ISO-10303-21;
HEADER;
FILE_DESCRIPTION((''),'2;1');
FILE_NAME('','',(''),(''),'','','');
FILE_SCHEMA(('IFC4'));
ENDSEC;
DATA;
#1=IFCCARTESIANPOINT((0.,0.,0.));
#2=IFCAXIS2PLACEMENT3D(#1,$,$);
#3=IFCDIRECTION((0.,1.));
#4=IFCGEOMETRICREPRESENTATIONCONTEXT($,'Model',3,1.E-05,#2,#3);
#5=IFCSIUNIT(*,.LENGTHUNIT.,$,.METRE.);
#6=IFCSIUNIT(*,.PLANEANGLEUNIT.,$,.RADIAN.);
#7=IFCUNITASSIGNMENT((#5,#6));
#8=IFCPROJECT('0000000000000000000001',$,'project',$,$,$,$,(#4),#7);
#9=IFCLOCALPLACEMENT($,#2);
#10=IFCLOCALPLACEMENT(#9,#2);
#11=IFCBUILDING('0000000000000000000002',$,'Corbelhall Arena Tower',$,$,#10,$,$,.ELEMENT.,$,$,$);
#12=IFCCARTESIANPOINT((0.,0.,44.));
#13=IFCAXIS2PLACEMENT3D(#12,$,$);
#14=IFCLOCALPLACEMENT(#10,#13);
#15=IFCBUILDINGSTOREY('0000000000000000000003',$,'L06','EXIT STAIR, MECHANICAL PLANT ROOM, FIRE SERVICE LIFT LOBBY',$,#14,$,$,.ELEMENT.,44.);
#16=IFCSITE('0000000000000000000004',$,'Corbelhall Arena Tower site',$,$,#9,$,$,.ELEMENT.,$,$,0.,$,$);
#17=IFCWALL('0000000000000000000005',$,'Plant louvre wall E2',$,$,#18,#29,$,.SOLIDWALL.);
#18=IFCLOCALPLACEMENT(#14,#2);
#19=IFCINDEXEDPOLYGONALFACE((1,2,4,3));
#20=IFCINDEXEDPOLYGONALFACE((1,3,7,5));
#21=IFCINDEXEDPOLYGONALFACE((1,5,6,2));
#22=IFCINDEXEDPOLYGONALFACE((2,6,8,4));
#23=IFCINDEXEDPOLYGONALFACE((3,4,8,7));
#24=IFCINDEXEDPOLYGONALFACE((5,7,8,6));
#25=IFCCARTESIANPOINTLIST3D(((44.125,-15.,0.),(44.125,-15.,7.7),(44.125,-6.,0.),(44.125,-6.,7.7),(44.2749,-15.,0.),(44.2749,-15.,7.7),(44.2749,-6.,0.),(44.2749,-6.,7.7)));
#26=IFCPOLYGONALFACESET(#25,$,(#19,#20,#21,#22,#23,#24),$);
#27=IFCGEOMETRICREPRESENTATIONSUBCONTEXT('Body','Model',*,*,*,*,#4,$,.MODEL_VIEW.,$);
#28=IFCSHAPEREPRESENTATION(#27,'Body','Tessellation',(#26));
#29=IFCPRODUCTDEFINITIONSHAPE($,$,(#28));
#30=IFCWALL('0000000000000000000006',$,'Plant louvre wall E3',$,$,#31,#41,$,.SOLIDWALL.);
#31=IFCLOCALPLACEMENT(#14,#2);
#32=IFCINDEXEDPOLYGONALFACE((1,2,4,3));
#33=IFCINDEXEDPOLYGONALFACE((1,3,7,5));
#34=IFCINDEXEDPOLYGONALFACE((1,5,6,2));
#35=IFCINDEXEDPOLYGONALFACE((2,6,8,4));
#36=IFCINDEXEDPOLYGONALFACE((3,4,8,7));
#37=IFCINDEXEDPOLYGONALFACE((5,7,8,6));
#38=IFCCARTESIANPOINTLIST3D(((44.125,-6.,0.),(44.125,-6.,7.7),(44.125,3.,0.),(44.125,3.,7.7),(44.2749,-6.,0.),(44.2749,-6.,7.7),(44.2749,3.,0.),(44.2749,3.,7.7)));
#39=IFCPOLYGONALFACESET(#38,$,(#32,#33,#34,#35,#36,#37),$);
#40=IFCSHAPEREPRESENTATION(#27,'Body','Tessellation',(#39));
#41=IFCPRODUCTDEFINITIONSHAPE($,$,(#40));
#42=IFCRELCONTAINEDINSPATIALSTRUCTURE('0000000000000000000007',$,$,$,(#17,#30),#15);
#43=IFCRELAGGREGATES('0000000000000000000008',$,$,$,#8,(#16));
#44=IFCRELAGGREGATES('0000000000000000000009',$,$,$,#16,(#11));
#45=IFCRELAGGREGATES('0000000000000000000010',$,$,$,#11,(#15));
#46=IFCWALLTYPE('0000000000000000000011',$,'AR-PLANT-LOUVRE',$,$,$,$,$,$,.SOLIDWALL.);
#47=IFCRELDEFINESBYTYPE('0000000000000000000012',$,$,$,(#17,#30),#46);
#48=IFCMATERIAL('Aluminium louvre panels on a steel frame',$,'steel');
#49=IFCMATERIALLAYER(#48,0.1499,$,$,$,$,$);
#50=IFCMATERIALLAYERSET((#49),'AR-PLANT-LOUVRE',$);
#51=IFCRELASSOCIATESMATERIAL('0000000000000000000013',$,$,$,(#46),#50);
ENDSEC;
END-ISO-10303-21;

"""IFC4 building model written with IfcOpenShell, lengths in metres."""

from ifc_helpers import new_model, si_unit, direction, frame, frame_2d, origin, place, context, subcontext, project, spatial, rectangle, extrude, material, layer, layer_set, type_object, element, save


model = new_model("IFC4")

# Units and contexts
model_context = context("Model", 3, precision=1e-05, world=origin(), true_north=direction((0.0, 1.0)))
body_context = subcontext(model_context, "Body", "Model", "MODEL_VIEW")
ifc_project = project(units=[si_unit("LENGTHUNIT", "METRE"), si_unit("PLANEANGLEUNIT", "RADIAN")], contexts=[model_context])

# Site, building, storey
site_placement = place(None, origin())
site = spatial("IfcSite", under=ifc_project, at=site_placement, Name="Corbelhall Arena Tower site", CompositionType="ELEMENT", RefElevation=0.0)
building_placement = place(site_placement, origin())
building = spatial("IfcBuilding", under=site, at=building_placement, Name="Corbelhall Arena Tower", CompositionType="ELEMENT")
storey_placement = place(building_placement, frame((0.0, 0.0, 44.0)))
storey = spatial("IfcBuildingStorey", under=building, at=storey_placement, Name="L06", Description="EXIT STAIR, MECHANICAL PLANT ROOM, FIRE SERVICE LIFT LOBBY", CompositionType="ELEMENT", Elevation=44.0)

# Walls
ifc_material_1 = material(Name="Aluminium louvre panels on a steel frame", Category="steel")
ifc_layer = layer(ifc_material_1, 0.1499)
ifc_layer_set = layer_set([ifc_layer], Name="AR-PLANT-LOUVRE")
wall_type = type_object("IfcWallType", Name="AR-PLANT-LOUVRE", PredefinedType="SOLIDWALL", material=ifc_layer_set)
for number, where, z_axis, x_axis, name in (
    (1, (44.2, -15.0, 0.0), (0.0, 0.0, 1.0), (0.0, 1.0, 0.0), "Plant louvre wall E2"),
    (2, (44.2, -6.0, 0.0), (0.0, 0.0, 1.0), (0.0, 1.0, 0.0), "Plant louvre wall E3"),
):
    element("IfcWall", number, at=place(storey_placement, frame(where, z_axis=z_axis, x_axis=x_axis)), inside=storey, type_object=wall_type, Name=name, PredefinedType="SOLIDWALL", context=body_context, shape_type="SweptSolid", body=[
        extrude(rectangle(XDim=9.0, YDim=0.1499, at=frame_2d((4.5, 0.0))), origin(), (0.0, 0.0, 1.0), 7.7),
    ])

save(model, "model.ifc")
